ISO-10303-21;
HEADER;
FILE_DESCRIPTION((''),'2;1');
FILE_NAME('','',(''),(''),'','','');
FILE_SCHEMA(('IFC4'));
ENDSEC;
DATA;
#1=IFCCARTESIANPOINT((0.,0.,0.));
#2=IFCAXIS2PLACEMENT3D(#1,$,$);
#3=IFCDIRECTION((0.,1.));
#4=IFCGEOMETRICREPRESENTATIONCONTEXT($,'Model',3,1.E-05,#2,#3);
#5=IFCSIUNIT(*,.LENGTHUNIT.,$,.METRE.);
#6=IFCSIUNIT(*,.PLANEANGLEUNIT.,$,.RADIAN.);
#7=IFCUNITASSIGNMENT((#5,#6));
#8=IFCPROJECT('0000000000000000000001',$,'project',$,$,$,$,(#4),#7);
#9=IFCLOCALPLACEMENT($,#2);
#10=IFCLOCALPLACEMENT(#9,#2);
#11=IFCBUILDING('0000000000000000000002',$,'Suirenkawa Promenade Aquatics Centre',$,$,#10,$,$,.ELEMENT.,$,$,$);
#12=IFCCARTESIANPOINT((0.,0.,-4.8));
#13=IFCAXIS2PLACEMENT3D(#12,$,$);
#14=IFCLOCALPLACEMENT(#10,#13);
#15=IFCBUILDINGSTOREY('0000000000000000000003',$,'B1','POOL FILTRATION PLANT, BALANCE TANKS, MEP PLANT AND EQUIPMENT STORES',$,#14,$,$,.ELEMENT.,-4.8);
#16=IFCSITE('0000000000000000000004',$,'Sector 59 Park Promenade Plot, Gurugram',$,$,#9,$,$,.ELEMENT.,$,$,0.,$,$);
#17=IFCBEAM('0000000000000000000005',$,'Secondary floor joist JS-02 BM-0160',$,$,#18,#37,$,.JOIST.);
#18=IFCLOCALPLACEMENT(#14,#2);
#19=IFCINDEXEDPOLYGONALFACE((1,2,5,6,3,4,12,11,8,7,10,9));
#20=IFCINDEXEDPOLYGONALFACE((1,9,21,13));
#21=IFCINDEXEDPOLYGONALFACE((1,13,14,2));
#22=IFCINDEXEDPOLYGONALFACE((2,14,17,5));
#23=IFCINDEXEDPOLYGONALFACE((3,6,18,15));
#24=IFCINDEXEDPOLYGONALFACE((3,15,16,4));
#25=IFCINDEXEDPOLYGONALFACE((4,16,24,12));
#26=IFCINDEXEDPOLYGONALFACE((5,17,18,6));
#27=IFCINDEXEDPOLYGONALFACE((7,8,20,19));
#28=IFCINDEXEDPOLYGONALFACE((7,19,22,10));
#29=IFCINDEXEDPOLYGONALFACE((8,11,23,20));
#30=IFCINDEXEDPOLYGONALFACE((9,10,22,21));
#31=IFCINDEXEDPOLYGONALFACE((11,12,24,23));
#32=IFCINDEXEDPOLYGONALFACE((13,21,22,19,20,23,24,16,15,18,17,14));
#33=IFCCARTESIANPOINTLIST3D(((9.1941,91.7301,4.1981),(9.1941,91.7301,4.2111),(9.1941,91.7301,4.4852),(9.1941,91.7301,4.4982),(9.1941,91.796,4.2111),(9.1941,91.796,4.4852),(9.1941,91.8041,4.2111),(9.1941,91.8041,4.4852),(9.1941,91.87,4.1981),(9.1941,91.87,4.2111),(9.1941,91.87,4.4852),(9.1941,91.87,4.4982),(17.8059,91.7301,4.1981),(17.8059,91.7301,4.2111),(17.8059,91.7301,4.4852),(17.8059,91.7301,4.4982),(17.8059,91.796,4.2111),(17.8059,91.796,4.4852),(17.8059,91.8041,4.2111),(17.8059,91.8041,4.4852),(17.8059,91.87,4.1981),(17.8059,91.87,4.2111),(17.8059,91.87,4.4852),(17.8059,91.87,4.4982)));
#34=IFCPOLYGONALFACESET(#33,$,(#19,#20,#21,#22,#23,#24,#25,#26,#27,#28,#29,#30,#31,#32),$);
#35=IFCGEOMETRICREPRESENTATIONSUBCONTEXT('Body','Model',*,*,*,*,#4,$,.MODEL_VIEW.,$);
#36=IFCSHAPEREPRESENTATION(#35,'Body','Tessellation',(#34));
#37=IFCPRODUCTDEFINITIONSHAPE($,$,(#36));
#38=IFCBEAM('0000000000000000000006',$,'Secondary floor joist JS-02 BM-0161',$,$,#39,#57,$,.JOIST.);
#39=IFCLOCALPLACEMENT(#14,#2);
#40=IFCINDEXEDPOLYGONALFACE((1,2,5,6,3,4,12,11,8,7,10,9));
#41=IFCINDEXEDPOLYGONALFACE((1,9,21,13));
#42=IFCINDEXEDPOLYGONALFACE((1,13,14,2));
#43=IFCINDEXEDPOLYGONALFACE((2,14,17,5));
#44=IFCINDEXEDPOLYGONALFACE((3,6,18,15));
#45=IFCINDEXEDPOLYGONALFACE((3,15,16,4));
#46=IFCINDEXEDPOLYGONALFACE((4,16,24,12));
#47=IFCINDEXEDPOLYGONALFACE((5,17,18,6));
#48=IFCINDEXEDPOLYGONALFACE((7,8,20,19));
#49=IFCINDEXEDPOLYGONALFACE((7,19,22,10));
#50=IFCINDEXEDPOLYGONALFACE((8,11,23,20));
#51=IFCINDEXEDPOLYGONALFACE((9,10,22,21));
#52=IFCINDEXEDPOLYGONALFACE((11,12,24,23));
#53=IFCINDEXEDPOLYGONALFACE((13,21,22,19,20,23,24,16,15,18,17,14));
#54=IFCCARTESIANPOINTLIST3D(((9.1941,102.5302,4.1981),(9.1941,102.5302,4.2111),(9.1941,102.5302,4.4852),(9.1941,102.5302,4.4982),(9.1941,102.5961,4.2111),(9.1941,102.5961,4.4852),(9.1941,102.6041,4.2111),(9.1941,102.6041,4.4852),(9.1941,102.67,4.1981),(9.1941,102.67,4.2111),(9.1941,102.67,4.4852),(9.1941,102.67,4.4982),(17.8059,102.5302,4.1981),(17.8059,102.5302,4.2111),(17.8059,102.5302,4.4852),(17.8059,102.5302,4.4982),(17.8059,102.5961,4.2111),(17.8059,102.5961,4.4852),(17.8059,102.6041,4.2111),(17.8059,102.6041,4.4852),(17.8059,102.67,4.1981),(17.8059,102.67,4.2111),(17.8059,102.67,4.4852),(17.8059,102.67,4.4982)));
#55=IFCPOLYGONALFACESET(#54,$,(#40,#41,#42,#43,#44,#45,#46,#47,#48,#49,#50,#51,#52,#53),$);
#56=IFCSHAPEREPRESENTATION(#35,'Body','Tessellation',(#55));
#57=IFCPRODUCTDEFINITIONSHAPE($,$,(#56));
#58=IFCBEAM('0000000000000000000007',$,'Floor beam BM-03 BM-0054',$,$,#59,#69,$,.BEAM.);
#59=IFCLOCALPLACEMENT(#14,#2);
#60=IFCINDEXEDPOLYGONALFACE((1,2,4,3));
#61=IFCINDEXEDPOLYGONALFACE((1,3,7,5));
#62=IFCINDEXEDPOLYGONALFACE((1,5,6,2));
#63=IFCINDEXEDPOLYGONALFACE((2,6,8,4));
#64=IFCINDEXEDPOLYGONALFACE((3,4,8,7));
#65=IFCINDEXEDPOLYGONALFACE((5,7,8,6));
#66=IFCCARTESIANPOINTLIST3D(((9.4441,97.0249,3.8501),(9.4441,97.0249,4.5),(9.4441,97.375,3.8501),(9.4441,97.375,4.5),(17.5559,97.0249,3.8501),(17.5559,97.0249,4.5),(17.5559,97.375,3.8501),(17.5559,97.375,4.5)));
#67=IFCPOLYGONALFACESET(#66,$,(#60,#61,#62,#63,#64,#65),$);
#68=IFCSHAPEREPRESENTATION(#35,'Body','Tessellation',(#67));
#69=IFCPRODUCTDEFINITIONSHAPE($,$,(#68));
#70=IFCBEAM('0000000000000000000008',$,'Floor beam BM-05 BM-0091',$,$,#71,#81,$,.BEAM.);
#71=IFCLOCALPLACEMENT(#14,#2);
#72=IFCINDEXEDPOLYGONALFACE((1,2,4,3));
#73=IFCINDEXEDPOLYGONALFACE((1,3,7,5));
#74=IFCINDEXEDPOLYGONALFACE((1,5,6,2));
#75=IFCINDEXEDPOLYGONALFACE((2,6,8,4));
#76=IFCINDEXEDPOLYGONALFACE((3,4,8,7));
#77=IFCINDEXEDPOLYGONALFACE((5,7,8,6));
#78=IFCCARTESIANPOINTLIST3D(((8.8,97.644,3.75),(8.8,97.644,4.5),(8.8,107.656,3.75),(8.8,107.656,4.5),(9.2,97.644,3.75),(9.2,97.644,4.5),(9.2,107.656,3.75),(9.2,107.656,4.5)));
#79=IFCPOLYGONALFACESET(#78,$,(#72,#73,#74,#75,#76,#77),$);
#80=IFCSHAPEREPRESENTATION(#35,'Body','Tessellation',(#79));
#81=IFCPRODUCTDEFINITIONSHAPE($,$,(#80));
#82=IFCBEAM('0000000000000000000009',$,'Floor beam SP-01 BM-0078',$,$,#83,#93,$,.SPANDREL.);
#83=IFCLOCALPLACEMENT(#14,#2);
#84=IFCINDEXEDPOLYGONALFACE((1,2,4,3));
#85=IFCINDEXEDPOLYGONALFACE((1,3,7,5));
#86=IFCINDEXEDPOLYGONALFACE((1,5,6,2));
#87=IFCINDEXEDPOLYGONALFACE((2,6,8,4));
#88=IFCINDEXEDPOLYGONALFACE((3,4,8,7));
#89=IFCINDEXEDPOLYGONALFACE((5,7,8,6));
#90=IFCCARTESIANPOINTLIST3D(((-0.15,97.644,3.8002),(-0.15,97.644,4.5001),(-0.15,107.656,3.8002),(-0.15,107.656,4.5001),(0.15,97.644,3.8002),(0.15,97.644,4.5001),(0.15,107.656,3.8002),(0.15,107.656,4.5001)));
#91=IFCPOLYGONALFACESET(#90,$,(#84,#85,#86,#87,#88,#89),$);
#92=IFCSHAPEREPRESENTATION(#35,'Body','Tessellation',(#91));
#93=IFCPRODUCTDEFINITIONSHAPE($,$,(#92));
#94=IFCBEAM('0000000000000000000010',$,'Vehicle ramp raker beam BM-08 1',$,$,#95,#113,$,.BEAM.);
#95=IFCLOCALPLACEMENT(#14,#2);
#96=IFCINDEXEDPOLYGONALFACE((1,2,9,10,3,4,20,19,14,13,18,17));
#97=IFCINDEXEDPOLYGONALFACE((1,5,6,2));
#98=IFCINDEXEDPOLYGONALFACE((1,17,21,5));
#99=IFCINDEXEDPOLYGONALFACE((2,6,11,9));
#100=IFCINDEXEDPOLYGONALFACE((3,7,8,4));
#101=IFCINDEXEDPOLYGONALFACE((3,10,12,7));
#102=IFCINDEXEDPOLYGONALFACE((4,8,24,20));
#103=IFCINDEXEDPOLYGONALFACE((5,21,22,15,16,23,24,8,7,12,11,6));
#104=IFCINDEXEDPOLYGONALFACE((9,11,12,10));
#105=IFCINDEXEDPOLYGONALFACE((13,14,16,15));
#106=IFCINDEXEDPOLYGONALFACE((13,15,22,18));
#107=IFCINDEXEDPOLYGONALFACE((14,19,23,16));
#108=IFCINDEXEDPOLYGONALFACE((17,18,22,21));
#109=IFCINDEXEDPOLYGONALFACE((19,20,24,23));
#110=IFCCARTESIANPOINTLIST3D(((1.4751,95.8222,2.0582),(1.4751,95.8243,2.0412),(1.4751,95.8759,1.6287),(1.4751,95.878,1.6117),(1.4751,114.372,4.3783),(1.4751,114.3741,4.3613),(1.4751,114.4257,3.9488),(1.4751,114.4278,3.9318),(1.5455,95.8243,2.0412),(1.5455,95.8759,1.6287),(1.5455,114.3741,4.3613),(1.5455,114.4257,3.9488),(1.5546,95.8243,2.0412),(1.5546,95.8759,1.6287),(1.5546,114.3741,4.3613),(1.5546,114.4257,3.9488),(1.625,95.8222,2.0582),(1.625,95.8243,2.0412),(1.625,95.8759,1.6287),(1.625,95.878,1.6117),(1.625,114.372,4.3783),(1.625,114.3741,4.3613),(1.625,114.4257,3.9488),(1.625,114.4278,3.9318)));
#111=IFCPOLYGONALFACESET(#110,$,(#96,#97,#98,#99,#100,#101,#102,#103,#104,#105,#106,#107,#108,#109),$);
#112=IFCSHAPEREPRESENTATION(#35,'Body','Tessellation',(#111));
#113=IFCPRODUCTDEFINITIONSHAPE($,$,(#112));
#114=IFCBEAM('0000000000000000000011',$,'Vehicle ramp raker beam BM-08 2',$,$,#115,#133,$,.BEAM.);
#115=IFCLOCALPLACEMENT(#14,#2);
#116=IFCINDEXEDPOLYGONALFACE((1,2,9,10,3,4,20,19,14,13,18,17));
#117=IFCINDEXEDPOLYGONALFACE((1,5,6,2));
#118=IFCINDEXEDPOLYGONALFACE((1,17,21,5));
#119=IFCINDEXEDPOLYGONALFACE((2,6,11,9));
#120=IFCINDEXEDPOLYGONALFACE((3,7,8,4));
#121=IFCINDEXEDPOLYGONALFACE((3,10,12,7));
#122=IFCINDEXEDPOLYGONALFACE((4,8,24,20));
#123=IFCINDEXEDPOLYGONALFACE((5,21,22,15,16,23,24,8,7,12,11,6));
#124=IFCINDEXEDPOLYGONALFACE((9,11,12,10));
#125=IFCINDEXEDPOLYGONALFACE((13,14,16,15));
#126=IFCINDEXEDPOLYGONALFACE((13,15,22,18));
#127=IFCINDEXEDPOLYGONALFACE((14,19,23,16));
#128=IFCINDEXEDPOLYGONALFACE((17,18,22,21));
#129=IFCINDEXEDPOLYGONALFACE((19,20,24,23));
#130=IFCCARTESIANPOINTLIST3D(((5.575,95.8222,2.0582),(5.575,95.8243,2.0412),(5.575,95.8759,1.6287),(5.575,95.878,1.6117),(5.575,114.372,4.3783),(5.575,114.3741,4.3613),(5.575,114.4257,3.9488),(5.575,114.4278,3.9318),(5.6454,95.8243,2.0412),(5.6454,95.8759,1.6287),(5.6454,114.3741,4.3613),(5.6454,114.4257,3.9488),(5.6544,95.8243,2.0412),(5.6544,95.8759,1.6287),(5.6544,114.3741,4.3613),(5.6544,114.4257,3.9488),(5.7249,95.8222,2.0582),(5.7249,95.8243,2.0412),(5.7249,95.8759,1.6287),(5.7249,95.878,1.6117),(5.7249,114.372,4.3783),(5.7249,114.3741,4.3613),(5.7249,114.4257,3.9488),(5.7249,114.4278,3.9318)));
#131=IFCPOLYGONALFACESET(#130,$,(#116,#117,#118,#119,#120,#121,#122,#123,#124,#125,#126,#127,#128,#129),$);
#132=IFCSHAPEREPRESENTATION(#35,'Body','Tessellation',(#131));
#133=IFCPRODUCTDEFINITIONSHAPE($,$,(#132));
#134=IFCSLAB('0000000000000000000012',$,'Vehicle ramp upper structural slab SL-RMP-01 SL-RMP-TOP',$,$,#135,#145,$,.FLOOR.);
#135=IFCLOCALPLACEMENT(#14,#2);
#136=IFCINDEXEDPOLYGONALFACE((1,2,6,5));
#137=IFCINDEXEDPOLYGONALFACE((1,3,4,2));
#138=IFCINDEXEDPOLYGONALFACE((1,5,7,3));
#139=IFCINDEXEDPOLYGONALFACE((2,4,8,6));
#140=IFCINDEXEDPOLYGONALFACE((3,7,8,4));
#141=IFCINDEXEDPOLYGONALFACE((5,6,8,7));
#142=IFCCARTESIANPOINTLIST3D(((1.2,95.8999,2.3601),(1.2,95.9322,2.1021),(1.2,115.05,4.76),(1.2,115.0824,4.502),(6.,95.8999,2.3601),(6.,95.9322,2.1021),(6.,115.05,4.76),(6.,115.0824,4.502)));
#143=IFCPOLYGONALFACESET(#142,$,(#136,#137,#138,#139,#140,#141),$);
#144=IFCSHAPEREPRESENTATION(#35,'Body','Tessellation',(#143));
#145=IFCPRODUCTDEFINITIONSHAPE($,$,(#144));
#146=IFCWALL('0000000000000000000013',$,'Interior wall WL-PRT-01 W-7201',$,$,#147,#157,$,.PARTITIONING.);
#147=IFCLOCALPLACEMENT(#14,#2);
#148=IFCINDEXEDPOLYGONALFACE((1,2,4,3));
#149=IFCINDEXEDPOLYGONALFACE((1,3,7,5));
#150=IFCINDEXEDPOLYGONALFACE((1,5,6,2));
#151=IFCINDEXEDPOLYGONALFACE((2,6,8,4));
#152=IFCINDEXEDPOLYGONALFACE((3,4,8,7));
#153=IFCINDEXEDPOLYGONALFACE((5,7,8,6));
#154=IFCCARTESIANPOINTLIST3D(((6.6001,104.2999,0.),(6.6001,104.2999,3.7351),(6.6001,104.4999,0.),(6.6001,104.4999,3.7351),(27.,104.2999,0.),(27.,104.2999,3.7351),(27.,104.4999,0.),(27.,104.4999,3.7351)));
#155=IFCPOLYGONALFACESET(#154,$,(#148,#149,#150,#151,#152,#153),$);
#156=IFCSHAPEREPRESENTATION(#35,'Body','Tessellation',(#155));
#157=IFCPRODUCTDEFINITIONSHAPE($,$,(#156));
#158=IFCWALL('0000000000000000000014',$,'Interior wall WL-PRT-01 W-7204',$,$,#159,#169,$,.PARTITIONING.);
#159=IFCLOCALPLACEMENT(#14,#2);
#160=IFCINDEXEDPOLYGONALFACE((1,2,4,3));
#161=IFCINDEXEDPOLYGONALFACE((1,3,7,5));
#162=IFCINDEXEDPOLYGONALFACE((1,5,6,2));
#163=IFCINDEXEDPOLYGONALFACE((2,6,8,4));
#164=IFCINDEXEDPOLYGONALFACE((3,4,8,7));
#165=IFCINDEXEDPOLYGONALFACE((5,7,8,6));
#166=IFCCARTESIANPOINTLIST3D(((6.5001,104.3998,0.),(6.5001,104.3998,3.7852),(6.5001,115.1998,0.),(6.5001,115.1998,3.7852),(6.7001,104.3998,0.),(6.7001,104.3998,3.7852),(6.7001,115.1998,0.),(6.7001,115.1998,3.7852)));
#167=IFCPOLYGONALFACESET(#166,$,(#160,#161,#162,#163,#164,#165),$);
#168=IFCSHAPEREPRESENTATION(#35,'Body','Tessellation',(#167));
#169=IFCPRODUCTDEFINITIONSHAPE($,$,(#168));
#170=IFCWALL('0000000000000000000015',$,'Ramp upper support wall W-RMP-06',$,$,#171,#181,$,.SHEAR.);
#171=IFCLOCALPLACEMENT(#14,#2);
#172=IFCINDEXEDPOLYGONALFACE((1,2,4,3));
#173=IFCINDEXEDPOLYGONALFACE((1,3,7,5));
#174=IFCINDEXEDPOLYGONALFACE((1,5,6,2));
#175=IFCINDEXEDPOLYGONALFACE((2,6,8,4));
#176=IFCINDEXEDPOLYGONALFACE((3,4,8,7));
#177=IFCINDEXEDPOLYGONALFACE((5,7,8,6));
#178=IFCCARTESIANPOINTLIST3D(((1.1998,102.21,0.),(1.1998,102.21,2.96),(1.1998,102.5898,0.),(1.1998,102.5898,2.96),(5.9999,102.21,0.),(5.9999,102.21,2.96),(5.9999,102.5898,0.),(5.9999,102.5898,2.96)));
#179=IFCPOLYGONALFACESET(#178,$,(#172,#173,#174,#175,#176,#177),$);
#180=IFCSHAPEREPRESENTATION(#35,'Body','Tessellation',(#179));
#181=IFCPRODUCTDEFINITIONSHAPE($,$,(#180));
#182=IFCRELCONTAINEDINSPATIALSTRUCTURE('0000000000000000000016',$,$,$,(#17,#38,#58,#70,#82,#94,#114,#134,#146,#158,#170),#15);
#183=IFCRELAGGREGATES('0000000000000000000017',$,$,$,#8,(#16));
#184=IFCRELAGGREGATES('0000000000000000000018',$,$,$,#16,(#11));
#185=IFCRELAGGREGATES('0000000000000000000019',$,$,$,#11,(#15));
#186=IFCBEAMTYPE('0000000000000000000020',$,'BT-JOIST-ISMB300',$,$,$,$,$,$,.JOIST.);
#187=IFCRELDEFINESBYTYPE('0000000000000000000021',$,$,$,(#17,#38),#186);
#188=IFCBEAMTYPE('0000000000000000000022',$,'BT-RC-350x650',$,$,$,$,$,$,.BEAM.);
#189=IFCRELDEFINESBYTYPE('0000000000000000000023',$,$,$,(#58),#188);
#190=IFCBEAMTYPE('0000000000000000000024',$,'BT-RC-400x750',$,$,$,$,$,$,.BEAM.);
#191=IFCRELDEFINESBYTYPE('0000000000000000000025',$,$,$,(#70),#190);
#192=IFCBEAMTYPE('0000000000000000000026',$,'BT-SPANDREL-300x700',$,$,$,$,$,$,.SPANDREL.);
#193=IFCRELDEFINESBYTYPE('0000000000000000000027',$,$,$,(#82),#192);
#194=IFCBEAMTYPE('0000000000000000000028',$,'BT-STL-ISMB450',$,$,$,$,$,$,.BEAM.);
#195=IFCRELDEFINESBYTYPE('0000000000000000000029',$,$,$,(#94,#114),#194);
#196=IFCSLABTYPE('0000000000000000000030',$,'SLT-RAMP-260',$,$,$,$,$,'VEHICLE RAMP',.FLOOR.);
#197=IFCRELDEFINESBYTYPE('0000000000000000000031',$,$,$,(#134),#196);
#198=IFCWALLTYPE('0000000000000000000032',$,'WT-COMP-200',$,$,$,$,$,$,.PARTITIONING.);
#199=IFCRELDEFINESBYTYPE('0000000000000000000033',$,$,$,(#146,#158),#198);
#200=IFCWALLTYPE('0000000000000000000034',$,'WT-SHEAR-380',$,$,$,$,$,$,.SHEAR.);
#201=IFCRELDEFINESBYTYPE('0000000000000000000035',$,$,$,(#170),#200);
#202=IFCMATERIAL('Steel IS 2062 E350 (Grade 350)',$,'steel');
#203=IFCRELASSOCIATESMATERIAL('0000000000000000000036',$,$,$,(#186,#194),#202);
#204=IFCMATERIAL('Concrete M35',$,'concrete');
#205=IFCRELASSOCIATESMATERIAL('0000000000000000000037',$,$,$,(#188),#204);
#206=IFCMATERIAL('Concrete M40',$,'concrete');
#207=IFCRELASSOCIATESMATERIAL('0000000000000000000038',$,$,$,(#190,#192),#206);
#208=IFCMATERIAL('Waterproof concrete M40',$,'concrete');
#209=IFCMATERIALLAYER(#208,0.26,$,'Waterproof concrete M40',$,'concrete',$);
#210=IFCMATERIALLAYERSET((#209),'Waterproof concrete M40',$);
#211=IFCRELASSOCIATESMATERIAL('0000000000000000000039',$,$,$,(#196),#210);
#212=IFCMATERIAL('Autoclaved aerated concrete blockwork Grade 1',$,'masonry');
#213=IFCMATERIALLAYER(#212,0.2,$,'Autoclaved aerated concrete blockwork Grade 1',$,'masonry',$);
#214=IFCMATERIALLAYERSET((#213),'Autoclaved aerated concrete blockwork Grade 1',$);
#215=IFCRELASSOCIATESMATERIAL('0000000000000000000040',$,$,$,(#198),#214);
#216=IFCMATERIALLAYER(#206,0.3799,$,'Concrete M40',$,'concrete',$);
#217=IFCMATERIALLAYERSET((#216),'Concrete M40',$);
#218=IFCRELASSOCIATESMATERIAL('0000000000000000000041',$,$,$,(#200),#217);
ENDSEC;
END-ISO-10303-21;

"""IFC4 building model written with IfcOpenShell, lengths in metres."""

from ifc_helpers import new_model, si_unit, direction, frame, frame_2d, origin, origin_2d, place, context, subcontext, project, spatial, polyline, rectangle, i_section, outline, extrude, material, layer, layer_set, material_profile, profile_set, type_object, element, save


model = new_model("IFC4")

# Units and contexts
model_context = context("Model", 3, precision=1e-05, world=origin(), true_north=direction((0.0, 1.0)))
body_context = subcontext(model_context, "Body", "Model", "MODEL_VIEW")
ifc_project = project(units=[si_unit("LENGTHUNIT", "METRE"), si_unit("PLANEANGLEUNIT", "RADIAN")], contexts=[model_context])

# Site, building, storey
site_placement = place(None, origin())
site = spatial("IfcSite", under=ifc_project, at=site_placement, Name="Sector 59 Park Promenade Plot, Gurugram", CompositionType="ELEMENT", RefElevation=0.0)
building_placement = place(site_placement, origin())
building = spatial("IfcBuilding", under=site, at=building_placement, Name="Suirenkawa Promenade Aquatics Centre", CompositionType="ELEMENT")
storey_placement = place(building_placement, frame((0.0, 0.0, -4.8)))
storey = spatial("IfcBuildingStorey", under=building, at=storey_placement, Name="B1", Description="POOL FILTRATION PLANT, BALANCE TANKS, MEP PLANT AND EQUIPMENT STORES", CompositionType="ELEMENT", Elevation=-4.8)

# Shared definitions
ifc_material_1 = material(Name="Concrete M35", Category="concrete")

# Shared definitions
ifc_material_2 = material(Name="Concrete M40", Category="concrete")

# Beams
ifc_material_3 = material(Name="Steel IS 2062 E350 (Grade 350)", Category="steel")
ifc_material_profile_1 = material_profile(ifc_material_3, i_section(OverallWidth=0.1399, OverallDepth=0.3, WebThickness=0.0081, FlangeThickness=0.0129, at=origin_2d()), Name="ISMB 300", Category="steel")
ifc_profile_set_1 = profile_set([ifc_material_profile_1], Name="Steel IS 2062 E350 (Grade 350)")
beam_type_1 = type_object("IfcBeamType", Name="BT-JOIST-ISMB300", PredefinedType="JOIST", material=ifc_profile_set_1)
for number, where, z_axis, x_axis, name in (
    (1, (9.1941, 91.8, 4.3481), (1.0, 0.0, 0.0), (0.0, 1.0, 0.0), "Secondary floor joist JS-02 BM-0160"),
    (2, (9.1941, 102.6001, 4.3481), (1.0, 0.0, 0.0), (0.0, 1.0, 0.0), "Secondary floor joist JS-02 BM-0161"),
):
    element("IfcBeam", number, at=place(storey_placement, frame(where, z_axis=z_axis, x_axis=x_axis)), inside=storey, type_object=beam_type_1, Name=name, PredefinedType="JOIST", context=body_context, shape_type="SweptSolid", body=[
        extrude(i_section(OverallWidth=0.1399, OverallDepth=0.3, WebThickness=0.0081, FlangeThickness=0.0129, at=origin_2d()), origin(), (0.0, 0.0, 1.0), 8.6118),
    ])
ifc_material_profile_2 = material_profile(ifc_material_1, rectangle(XDim=0.3501, YDim=0.6499, at=origin_2d()), Name="RC BM 350x650", Category="concrete")
ifc_profile_set_2 = profile_set([ifc_material_profile_2], Name="Concrete M35")
beam_type_2 = type_object("IfcBeamType", Name="BT-RC-350x650", PredefinedType="BEAM", material=ifc_profile_set_2)
beam_1_placement = place(storey_placement, frame((9.4441, 97.2, 4.175), z_axis=(1.0, 0.0, 0.0), x_axis=(0.0, 1.0, 0.0)))
element("IfcBeam", 3, at=beam_1_placement, inside=storey, type_object=beam_type_2, Name="Floor beam BM-03 BM-0054", PredefinedType="BEAM", context=body_context, shape_type="SweptSolid", body=[
    extrude(rectangle(XDim=0.3501, YDim=0.6499, at=origin_2d()), origin(), (0.0, 0.0, 1.0), 8.1118),
])
ifc_material_profile_3 = material_profile(ifc_material_2, rectangle(XDim=0.3999, YDim=0.75, at=origin_2d()), Name="RC BM 400x750", Category="concrete")
ifc_profile_set_3 = profile_set([ifc_material_profile_3], Name="Concrete M40")
beam_type_3 = type_object("IfcBeamType", Name="BT-RC-400x750", PredefinedType="BEAM", material=ifc_profile_set_3)
beam_2_placement = place(storey_placement, frame((9.0, 97.644, 4.125), z_axis=(0.0, 1.0, 0.0), x_axis=(-1.0, 0.0, 0.0)))
element("IfcBeam", 4, at=beam_2_placement, inside=storey, type_object=beam_type_3, Name="Floor beam BM-05 BM-0091", PredefinedType="BEAM", context=body_context, shape_type="SweptSolid", body=[
    extrude(rectangle(XDim=0.3999, YDim=0.75, at=origin_2d()), origin(), (0.0, 0.0, 1.0), 10.012),
])
ifc_material_profile_4 = material_profile(ifc_material_2, rectangle(XDim=0.3, YDim=0.7, at=origin_2d()), Name="RC SPANDREL 300x700", Category="concrete")
ifc_profile_set_4 = profile_set([ifc_material_profile_4], Name="Concrete M40")
beam_type_4 = type_object("IfcBeamType", Name="BT-SPANDREL-300x700", PredefinedType="SPANDREL", material=ifc_profile_set_4)
beam_3_placement = place(storey_placement, frame((0.0, 97.644, 4.1501), z_axis=(0.0, 1.0, 0.0), x_axis=(-1.0, 0.0, 0.0)))
element("IfcBeam", 5, at=beam_3_placement, inside=storey, type_object=beam_type_4, Name="Floor beam SP-01 BM-0078", PredefinedType="SPANDREL", context=body_context, shape_type="SweptSolid", body=[
    extrude(rectangle(XDim=0.3, YDim=0.7, at=origin_2d()), origin(), (0.0, 0.0, 1.0), 10.012),
])
ifc_material_profile_5 = material_profile(ifc_material_3, i_section(OverallWidth=0.1499, OverallDepth=0.45, WebThickness=0.009, FlangeThickness=0.0171, at=origin_2d()), Name="ISMB 450", Category="steel")
ifc_profile_set_5 = profile_set([ifc_material_profile_5], Name="Steel IS 2062 E350 (Grade 350)")
beam_type_5 = type_object("IfcBeamType", Name="BT-STL-ISMB450", PredefinedType="BEAM", material=ifc_profile_set_5)
for number, where, z_axis, x_axis, name in (
    (6, (1.55, 95.8501, 1.835), (0.0, 0.992269, 0.124105), (-1.0, 0.0, 0.0), "Vehicle ramp raker beam BM-08 1"),
    (7, (5.6499, 95.8501, 1.835), (0.0, 0.992269, 0.124105), (-1.0, 0.0, 0.0), "Vehicle ramp raker beam BM-08 2"),
):
    element("IfcBeam", number, at=place(storey_placement, frame(where, z_axis=z_axis, x_axis=x_axis)), inside=storey, type_object=beam_type_5, Name=name, PredefinedType="BEAM", context=body_context, shape_type="SweptSolid", body=[
        extrude(i_section(OverallWidth=0.1499, OverallDepth=0.45, WebThickness=0.009, FlangeThickness=0.0171, at=origin_2d()), origin(), (0.0, 0.0, 1.0), 18.6943),
    ])

# Slab
ifc_material_4 = material(Name="Waterproof concrete M40", Category="concrete")
ifc_layer_1 = layer(ifc_material_4, 0.26, Name="Waterproof concrete M40", Category="concrete")
ifc_layer_set_1 = layer_set([ifc_layer_1], Name="Waterproof concrete M40")
slab_type = type_object("IfcSlabType", Name="SLT-RAMP-260", ElementType="VEHICLE RAMP", PredefinedType="FLOOR", material=ifc_layer_set_1)
slab_placement = place(storey_placement, frame((1.2, 95.8999, 2.3601), z_axis=(0.0, -0.124348, 0.992239), x_axis=(1.0, 0.0, 0.0)))
element("IfcSlab", 8, at=slab_placement, inside=storey, type_object=slab_type, Name="Vehicle ramp upper structural slab SL-RMP-01 SL-RMP-TOP", PredefinedType="FLOOR", context=body_context, shape_type="SweptSolid", body=[
    extrude(outline(polyline([(0.0, 0.0), (4.8, 0.0), (4.8, 19.2999), (0.0, 19.2999), (0.0, 0.0)])), origin(), (0.0, 0.0, -1.0), 0.26),
])

# Walls
ifc_material_5 = material(Name="Autoclaved aerated concrete blockwork Grade 1", Category="masonry")
ifc_layer_2 = layer(ifc_material_5, 0.2, Name="Autoclaved aerated concrete blockwork Grade 1", Category="masonry")
ifc_layer_set_2 = layer_set([ifc_layer_2], Name="Autoclaved aerated concrete blockwork Grade 1")
wall_type_1 = type_object("IfcWallType", Name="WT-COMP-200", PredefinedType="PARTITIONING", material=ifc_layer_set_2)
wall_1_placement = place(storey_placement, frame((6.6001, 104.3999, 0.0), z_axis=(0.0, 0.0, 1.0), x_axis=(1.0, 0.0, 0.0)))
element("IfcWall", 9, at=wall_1_placement, inside=storey, type_object=wall_type_1, Name="Interior wall WL-PRT-01 W-7201", PredefinedType="PARTITIONING", context=body_context, shape_type="SweptSolid", body=[
    extrude(rectangle(XDim=20.3999, YDim=0.2, at=frame_2d((10.2, 0.0))), origin(), (0.0, 0.0, 1.0), 3.7351),
])
wall_2_placement = place(storey_placement, frame((6.6001, 104.3999, 0.0), z_axis=(0.0, 0.0, 1.0), x_axis=(0.0, 1.0, 0.0)))
element("IfcWall", 10, at=wall_2_placement, inside=storey, type_object=wall_type_1, Name="Interior wall WL-PRT-01 W-7204", PredefinedType="PARTITIONING", context=body_context, shape_type="SweptSolid", body=[
    extrude(rectangle(XDim=10.8, YDim=0.2, at=frame_2d((5.3999, 0.0))), origin(), (0.0, 0.0, 1.0), 3.7852),
])
ifc_layer_3 = layer(ifc_material_2, 0.3799, Name="Concrete M40", Category="concrete")
ifc_layer_set_3 = layer_set([ifc_layer_3], Name="Concrete M40")
wall_type_2 = type_object("IfcWallType", Name="WT-SHEAR-380", PredefinedType="SHEAR", material=ifc_layer_set_3)
wall_3_placement = place(storey_placement, frame((1.2, 102.3999, 0.0), z_axis=(0.0, 0.0, 1.0), x_axis=(1.0, 0.0, 0.0)))
element("IfcWall", 11, at=wall_3_placement, inside=storey, type_object=wall_type_2, Name="Ramp upper support wall W-RMP-06", PredefinedType="SHEAR", context=body_context, shape_type="SweptSolid", body=[
    extrude(rectangle(XDim=4.8, YDim=0.3799, at=frame_2d((2.3999, 0.0))), origin(), (0.0, 0.0, 1.0), 2.96),
])

save(model, "model.ifc")
